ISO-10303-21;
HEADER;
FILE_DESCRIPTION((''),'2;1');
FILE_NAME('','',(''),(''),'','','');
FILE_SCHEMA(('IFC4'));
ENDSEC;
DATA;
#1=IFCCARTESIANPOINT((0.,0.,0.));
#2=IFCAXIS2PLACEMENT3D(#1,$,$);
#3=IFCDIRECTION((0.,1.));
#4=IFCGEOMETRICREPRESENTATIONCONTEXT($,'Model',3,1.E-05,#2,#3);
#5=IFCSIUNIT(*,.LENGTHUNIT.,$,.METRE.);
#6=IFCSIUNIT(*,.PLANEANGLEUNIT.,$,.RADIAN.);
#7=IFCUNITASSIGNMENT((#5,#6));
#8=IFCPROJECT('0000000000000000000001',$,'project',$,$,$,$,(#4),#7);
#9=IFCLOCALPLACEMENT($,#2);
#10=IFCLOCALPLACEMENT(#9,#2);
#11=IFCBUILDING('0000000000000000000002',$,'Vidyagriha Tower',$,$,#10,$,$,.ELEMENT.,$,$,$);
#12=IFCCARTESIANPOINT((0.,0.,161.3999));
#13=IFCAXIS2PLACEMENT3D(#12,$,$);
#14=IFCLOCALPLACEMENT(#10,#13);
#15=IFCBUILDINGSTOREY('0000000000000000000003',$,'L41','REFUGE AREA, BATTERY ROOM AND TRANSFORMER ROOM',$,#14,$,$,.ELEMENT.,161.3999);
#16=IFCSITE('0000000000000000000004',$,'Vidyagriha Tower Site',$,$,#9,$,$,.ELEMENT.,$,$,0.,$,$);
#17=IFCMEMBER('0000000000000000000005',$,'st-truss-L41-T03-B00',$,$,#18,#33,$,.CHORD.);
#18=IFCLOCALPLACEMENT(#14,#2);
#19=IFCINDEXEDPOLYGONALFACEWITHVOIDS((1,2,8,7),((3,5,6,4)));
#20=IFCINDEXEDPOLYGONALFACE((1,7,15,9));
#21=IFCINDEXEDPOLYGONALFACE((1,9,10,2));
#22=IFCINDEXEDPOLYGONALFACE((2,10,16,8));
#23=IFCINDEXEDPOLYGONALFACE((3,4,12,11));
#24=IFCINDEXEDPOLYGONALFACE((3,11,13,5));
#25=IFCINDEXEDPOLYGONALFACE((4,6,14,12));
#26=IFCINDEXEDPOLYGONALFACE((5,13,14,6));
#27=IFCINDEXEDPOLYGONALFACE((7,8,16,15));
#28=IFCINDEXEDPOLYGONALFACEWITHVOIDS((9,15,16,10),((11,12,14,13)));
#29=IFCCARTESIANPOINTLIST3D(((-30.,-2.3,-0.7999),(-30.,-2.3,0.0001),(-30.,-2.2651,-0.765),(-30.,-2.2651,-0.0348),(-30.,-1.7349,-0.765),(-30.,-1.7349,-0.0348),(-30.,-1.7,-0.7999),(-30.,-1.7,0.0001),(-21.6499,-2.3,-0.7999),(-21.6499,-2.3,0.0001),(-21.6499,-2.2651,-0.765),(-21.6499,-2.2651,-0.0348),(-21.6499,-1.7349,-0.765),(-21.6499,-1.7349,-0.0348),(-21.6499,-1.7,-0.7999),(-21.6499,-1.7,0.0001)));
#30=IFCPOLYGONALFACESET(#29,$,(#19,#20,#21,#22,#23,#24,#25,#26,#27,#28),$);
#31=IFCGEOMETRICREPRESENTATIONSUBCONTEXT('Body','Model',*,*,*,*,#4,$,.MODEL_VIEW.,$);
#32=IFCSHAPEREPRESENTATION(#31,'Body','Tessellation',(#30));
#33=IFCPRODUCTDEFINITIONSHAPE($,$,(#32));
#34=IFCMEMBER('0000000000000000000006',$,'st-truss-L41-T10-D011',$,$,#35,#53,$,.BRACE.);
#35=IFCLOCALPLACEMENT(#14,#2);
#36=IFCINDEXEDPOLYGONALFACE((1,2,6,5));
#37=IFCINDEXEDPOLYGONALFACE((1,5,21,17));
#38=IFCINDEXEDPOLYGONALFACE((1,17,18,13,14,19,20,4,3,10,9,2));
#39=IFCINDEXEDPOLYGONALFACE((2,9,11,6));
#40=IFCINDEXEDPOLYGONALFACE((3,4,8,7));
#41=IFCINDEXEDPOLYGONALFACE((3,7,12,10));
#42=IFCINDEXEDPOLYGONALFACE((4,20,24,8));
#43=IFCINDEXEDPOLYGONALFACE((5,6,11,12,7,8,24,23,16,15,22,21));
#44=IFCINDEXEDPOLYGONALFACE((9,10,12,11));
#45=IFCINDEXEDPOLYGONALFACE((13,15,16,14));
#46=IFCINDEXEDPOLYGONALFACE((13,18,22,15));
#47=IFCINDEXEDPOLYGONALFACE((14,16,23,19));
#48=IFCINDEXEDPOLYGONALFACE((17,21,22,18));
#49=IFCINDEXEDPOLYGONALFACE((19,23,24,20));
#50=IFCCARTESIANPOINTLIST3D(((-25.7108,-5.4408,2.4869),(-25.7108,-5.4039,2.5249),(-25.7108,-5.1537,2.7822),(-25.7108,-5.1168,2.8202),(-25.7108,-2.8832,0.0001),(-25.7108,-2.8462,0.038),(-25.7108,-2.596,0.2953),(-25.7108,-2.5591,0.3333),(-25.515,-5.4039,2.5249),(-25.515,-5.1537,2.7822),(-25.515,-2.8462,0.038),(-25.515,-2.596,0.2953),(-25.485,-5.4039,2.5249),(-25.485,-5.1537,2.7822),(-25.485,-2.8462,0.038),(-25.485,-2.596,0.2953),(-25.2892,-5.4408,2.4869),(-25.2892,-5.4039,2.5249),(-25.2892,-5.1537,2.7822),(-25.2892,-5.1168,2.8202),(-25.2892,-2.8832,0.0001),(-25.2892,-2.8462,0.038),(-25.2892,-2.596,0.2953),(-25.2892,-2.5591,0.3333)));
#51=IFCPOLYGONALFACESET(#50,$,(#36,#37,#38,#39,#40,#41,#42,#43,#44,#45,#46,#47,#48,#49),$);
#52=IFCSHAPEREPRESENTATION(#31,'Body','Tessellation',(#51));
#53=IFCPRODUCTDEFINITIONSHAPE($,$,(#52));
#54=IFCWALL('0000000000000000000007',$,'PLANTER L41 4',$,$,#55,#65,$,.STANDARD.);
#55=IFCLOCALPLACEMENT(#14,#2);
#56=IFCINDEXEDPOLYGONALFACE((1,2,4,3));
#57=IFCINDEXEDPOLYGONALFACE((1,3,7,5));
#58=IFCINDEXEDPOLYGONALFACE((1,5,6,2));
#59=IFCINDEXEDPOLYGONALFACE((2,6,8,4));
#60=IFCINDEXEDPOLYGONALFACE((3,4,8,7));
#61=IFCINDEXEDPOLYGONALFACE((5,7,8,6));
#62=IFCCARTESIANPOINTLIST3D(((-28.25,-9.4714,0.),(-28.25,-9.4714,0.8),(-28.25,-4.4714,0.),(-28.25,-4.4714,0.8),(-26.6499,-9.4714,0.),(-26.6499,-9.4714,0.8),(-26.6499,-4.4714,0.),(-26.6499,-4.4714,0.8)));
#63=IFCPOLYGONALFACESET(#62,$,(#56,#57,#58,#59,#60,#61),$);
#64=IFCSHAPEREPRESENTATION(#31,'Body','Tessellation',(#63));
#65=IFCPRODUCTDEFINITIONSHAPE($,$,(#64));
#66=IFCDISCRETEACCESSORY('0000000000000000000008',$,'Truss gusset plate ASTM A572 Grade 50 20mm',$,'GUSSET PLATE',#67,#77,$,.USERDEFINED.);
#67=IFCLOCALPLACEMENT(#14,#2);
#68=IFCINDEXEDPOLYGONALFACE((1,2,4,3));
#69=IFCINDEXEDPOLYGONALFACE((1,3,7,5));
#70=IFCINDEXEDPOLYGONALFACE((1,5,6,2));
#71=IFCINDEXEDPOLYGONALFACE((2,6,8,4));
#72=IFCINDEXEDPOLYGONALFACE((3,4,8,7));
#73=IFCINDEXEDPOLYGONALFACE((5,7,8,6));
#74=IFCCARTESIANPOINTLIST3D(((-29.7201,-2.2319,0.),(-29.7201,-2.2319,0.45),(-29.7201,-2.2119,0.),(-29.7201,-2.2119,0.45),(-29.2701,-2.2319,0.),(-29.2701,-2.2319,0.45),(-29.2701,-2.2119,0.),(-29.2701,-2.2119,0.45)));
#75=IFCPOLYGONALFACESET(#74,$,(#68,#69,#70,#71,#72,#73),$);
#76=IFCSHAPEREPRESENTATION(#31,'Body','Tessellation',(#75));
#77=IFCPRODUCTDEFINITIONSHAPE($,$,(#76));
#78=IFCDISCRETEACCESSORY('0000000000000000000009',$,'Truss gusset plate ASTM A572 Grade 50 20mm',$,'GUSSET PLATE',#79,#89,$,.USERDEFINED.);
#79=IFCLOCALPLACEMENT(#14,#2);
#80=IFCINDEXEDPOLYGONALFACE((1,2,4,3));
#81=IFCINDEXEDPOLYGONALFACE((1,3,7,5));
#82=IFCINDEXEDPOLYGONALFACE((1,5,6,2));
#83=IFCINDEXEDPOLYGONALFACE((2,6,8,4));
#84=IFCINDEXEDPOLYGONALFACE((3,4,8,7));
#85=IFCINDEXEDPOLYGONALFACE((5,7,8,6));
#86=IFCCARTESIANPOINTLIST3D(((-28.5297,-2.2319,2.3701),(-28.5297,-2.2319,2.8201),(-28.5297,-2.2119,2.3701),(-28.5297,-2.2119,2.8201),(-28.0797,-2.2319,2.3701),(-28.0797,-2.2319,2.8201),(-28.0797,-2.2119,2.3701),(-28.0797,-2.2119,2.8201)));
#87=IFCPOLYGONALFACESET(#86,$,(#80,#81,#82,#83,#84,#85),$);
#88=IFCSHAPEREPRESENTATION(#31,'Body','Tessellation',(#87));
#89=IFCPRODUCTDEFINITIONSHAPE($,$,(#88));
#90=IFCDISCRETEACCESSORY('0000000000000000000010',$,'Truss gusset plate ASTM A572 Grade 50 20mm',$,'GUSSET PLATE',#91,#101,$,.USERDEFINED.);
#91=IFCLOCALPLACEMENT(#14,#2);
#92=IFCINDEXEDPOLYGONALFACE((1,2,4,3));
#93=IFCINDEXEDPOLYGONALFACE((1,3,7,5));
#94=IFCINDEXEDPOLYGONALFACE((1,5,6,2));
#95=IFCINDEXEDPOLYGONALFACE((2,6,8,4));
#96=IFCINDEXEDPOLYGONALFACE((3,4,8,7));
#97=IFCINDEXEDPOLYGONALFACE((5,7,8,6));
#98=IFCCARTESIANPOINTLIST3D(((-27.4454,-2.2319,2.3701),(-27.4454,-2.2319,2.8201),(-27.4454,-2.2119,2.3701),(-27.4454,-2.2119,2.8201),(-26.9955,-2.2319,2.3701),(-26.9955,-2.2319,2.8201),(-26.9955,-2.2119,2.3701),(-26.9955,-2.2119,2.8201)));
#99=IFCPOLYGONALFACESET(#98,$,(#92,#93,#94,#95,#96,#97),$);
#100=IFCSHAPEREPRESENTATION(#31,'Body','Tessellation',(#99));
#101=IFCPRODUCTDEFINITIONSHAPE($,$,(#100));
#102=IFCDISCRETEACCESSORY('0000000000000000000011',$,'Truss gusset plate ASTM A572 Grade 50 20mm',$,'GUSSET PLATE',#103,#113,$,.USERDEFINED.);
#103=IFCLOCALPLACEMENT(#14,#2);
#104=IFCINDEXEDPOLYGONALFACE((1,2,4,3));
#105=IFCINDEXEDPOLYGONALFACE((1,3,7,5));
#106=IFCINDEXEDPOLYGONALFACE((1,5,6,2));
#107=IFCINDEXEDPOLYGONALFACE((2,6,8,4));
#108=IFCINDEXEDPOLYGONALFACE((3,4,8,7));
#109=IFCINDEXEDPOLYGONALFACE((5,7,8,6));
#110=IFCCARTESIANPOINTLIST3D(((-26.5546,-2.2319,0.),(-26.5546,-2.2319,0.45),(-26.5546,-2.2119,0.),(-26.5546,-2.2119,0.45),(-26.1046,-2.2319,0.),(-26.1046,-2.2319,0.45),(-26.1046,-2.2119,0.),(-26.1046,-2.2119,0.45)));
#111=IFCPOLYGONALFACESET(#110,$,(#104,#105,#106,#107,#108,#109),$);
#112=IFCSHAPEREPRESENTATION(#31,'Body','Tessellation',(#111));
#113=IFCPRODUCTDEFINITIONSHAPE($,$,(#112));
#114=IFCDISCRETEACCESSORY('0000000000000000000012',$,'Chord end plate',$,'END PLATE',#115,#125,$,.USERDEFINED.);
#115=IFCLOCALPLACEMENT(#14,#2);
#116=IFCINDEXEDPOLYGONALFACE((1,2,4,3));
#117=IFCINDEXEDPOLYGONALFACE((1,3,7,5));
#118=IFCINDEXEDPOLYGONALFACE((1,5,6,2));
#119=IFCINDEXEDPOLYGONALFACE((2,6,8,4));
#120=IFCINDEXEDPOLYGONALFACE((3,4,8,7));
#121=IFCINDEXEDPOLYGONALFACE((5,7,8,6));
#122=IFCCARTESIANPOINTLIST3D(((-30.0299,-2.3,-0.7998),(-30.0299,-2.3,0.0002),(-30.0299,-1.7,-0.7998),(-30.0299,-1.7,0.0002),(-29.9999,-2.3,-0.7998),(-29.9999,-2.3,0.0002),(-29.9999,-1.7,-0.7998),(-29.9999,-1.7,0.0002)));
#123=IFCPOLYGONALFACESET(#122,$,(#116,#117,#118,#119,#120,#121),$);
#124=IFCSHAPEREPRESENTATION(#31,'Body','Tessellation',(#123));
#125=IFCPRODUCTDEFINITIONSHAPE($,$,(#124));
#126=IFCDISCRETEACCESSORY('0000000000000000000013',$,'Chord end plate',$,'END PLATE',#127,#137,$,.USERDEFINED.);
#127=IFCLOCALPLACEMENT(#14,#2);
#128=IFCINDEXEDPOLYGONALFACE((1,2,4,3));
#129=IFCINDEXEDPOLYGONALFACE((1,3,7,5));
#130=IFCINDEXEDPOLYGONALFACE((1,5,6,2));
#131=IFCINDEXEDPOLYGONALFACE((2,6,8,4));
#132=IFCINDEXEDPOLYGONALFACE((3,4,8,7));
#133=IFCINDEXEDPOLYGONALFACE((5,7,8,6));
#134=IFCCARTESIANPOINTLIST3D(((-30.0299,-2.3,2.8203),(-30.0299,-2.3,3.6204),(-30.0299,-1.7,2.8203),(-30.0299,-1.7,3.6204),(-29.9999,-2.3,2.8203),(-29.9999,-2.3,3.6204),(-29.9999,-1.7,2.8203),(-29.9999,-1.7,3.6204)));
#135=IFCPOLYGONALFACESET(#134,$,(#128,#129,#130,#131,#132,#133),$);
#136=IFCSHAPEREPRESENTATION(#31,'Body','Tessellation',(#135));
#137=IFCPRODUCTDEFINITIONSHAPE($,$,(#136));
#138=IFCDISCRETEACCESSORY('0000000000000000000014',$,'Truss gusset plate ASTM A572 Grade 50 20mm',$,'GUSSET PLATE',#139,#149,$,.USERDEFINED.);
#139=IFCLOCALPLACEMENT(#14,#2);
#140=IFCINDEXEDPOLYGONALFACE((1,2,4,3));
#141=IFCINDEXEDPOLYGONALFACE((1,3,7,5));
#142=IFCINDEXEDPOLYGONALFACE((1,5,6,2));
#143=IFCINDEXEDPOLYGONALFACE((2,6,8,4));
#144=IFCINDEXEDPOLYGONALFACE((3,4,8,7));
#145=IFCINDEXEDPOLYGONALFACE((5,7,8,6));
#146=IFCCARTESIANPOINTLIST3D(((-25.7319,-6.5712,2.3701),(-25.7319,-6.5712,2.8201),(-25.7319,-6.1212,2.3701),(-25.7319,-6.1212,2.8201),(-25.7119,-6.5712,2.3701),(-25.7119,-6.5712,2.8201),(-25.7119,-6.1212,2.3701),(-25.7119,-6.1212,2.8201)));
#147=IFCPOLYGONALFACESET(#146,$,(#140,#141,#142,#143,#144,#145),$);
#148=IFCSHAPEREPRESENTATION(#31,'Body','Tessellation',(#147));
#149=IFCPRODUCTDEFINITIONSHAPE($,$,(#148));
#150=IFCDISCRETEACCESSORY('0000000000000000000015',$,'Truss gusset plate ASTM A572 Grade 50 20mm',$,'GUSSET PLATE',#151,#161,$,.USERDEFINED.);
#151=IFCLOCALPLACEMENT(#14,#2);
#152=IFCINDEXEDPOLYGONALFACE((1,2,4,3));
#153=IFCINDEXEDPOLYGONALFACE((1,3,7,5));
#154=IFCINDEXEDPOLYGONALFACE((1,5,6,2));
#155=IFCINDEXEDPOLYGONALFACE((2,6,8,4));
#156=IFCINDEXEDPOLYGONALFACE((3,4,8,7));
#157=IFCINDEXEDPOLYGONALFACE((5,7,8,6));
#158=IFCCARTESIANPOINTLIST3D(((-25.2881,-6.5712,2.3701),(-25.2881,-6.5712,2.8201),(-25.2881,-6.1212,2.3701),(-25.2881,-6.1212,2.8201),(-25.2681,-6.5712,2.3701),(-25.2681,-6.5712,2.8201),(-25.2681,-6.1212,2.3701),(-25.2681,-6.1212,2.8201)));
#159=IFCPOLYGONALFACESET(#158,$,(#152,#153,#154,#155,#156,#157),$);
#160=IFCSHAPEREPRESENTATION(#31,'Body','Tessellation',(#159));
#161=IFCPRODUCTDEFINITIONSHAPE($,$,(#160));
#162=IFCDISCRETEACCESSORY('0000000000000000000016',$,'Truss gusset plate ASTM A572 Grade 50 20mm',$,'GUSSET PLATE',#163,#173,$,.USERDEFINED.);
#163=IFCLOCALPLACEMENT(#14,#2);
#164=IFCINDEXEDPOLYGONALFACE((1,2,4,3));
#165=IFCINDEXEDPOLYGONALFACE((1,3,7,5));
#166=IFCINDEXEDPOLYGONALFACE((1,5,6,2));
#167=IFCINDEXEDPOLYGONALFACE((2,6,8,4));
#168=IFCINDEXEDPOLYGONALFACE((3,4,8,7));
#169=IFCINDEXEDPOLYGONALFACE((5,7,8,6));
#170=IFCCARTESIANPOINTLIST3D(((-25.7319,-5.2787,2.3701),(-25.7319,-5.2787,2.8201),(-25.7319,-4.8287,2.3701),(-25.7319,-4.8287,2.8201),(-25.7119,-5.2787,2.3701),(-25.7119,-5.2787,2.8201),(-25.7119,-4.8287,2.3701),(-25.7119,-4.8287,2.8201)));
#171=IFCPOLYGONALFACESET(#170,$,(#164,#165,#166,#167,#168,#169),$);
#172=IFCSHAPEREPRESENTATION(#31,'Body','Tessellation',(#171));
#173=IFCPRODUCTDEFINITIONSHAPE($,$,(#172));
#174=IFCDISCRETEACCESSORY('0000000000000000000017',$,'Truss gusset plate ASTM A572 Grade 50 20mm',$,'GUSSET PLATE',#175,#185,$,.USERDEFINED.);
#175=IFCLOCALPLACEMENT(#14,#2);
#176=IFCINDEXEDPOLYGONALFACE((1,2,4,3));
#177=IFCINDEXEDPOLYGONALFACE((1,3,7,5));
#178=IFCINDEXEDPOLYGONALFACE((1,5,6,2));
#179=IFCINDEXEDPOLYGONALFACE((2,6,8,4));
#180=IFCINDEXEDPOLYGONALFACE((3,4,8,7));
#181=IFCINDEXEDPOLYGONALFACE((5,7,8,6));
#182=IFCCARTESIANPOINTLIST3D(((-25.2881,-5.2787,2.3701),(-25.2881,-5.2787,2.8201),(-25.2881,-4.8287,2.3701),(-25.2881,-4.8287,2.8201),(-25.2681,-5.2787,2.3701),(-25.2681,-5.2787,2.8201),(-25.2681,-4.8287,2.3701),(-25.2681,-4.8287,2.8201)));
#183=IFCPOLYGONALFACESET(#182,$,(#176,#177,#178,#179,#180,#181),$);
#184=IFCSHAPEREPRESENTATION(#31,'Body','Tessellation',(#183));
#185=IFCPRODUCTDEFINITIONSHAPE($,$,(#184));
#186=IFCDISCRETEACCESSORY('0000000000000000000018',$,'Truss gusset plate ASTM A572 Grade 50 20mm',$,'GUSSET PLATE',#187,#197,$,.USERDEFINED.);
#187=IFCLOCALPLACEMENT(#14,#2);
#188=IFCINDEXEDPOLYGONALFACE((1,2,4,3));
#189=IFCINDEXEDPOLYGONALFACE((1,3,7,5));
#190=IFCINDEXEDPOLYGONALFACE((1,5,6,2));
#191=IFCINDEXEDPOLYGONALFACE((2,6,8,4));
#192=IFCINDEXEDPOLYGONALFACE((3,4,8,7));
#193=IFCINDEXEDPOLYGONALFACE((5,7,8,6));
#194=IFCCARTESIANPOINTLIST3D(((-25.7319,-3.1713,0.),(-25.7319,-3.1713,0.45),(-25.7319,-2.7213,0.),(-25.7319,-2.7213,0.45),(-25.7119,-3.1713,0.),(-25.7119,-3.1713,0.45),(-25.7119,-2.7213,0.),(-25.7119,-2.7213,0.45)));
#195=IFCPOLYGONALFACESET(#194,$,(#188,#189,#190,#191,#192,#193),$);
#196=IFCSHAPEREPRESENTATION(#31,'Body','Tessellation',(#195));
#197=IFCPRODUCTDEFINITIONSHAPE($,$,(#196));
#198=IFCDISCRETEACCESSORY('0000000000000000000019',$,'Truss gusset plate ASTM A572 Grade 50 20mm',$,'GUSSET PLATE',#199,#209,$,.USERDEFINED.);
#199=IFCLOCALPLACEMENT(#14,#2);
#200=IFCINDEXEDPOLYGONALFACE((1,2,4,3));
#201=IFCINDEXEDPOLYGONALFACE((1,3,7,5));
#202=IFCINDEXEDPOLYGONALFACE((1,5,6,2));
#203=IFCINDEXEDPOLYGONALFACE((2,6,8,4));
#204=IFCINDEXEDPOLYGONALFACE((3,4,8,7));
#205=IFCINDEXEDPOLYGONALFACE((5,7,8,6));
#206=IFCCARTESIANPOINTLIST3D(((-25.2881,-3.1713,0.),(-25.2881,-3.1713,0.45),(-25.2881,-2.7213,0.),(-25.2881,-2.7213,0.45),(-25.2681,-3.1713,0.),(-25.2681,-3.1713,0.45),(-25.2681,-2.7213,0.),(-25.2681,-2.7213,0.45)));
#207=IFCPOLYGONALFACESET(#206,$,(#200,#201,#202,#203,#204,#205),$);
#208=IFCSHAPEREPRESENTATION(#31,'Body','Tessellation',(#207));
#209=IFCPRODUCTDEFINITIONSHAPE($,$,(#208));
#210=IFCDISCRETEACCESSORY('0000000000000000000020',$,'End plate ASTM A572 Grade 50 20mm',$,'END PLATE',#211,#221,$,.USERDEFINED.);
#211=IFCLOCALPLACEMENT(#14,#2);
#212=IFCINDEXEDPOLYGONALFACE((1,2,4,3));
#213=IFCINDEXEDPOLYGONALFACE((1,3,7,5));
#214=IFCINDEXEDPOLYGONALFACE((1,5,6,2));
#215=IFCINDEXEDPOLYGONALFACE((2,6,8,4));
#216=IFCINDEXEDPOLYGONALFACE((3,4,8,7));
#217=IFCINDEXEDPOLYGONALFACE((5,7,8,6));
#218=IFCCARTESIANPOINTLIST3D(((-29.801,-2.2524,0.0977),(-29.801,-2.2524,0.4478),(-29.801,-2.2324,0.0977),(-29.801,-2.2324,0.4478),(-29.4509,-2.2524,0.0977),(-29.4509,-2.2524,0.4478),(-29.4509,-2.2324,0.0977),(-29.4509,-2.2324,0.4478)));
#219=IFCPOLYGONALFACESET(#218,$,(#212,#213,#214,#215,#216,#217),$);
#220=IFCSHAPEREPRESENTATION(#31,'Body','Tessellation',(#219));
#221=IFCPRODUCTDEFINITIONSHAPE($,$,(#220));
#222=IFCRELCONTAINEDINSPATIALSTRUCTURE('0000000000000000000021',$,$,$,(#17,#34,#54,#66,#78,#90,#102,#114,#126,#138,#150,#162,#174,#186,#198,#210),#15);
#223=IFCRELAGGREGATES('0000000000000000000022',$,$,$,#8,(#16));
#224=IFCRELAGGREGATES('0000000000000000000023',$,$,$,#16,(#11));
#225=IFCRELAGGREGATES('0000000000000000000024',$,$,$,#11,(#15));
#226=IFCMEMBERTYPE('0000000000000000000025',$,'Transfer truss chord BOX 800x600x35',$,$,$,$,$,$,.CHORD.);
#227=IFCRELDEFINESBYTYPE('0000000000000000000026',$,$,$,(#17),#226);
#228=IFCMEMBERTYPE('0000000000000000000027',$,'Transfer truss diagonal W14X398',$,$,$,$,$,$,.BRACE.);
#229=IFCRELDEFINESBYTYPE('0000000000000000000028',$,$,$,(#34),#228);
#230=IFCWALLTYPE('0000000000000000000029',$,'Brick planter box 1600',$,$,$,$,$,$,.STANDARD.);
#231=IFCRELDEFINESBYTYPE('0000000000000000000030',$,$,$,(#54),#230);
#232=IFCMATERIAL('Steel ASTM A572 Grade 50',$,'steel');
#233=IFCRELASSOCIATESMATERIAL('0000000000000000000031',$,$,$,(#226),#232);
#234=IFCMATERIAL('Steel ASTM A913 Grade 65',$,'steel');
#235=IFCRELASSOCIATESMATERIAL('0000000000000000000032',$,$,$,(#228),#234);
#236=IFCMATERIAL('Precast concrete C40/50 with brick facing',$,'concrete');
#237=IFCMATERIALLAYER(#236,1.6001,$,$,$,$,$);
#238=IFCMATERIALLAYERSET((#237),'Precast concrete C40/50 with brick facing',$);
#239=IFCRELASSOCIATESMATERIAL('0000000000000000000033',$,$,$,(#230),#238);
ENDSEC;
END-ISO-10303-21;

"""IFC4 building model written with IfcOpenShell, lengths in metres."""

from ifc_helpers import new_model, si_unit, direction, frame, frame_2d, origin, origin_2d, place, context, subcontext, project, spatial, rectangle, hollow_rectangle, i_section, extrude, material, layer, layer_set, material_profile, profile_set, type_object, element, save


model = new_model("IFC4")

# Units and contexts
model_context = context("Model", 3, precision=1e-05, world=origin(), true_north=direction((0.0, 1.0)))
body_context = subcontext(model_context, "Body", "Model", "MODEL_VIEW")
ifc_project = project(units=[si_unit("LENGTHUNIT", "METRE"), si_unit("PLANEANGLEUNIT", "RADIAN")], contexts=[model_context])

# Site, building, storey
site_placement = place(None, origin())
site = spatial("IfcSite", under=ifc_project, at=site_placement, Name="Vidyagriha Tower Site", CompositionType="ELEMENT", RefElevation=0.0)
building_placement = place(site_placement, origin())
building = spatial("IfcBuilding", under=site, at=building_placement, Name="Vidyagriha Tower", CompositionType="ELEMENT")
storey_placement = place(building_placement, frame((0.0, 0.0, 161.3999)))
storey = spatial("IfcBuildingStorey", under=building, at=storey_placement, Name="L41", Description="REFUGE AREA, BATTERY ROOM AND TRANSFORMER ROOM", CompositionType="ELEMENT", Elevation=161.3999)

# Members
ifc_material_1 = material(Name="Steel ASTM A572 Grade 50", Category="steel")
ifc_material_profile_1 = material_profile(ifc_material_1, hollow_rectangle(XDim=0.6001, YDim=0.8, WallThickness=0.0349, at=origin_2d()), Name="BOX 800x600x35")
ifc_profile_set_1 = profile_set([ifc_material_profile_1], Name="Steel ASTM A572 Grade 50")
member_type_1 = type_object("IfcMemberType", Name="Transfer truss chord BOX 800x600x35", PredefinedType="CHORD", material=ifc_profile_set_1)
member_1_placement = place(storey_placement, frame((-30.0, -2.0, -0.3999), z_axis=(1.0, 0.0, 0.0), x_axis=(0.0, 1.0, 0.0)))
element("IfcMember", 1, at=member_1_placement, inside=storey, type_object=member_type_1, Name="st-truss-L41-T03-B00", PredefinedType="CHORD", context=body_context, shape_type="SweptSolid", body=[
    extrude(hollow_rectangle(XDim=0.6001, YDim=0.8, WallThickness=0.0349, at=origin_2d()), origin(), (0.0, 0.0, 1.0), 8.3501),
])
ifc_material_2 = material(Name="Steel ASTM A913 Grade 65", Category="steel")
ifc_material_profile_2 = material_profile(ifc_material_2, i_section(OverallWidth=0.4216, OverallDepth=0.4648, WebThickness=0.03, FlangeThickness=0.053, at=origin_2d()), Name="W14X398")
ifc_profile_set_2 = profile_set([ifc_material_profile_2], Name="Steel ASTM A913 Grade 65")
member_type_2 = type_object("IfcMemberType", Name="Transfer truss diagonal W14X398", PredefinedType="BRACE", material=ifc_profile_set_2)
member_2_placement = place(storey_placement, frame((-25.5, -5.2788, 2.6536), z_axis=(0.0, 0.716961, -0.697114), x_axis=(-1.0, 0.0, 0.0)))
element("IfcMember", 2, at=member_2_placement, inside=storey, type_object=member_type_2, Name="st-truss-L41-T10-D011", PredefinedType="BRACE", context=body_context, shape_type="SweptSolid", body=[
    extrude(i_section(OverallWidth=0.4216, OverallDepth=0.4648, WebThickness=0.03, FlangeThickness=0.053, at=origin_2d()), origin(), (0.0, 0.0, 1.0), 3.5674),
])

# Wall
ifc_material_3 = material(Name="Precast concrete C40/50 with brick facing", Category="concrete")
ifc_layer = layer(ifc_material_3, 1.6001)
ifc_layer_set = layer_set([ifc_layer], Name="Precast concrete C40/50 with brick facing")
wall_type = type_object("IfcWallType", Name="Brick planter box 1600", PredefinedType="STANDARD", material=ifc_layer_set)
wall_placement = place(storey_placement, frame((-27.45, -4.4714, 0.0), z_axis=(0.0, 0.0, 1.0), x_axis=(0.0, -1.0, 0.0)))
element("IfcWall", 3, at=wall_placement, inside=storey, type_object=wall_type, Name="PLANTER L41 4", PredefinedType="STANDARD", context=body_context, shape_type="SweptSolid", body=[
    extrude(rectangle(XDim=5.0, YDim=1.6001, at=frame_2d((2.5, 0.0))), origin(), (0.0, 0.0, 1.0), 0.8),
])

# Discrete accessories
for number, where, name in (
    (4, (-29.4951, -2.2219, 0.0), "Truss gusset plate ASTM A572 Grade 50 20mm"),
    (5, (-28.3047, -2.2219, 2.3701), "Truss gusset plate ASTM A572 Grade 50 20mm"),
    (6, (-27.2205, -2.2219, 2.3701), "Truss gusset plate ASTM A572 Grade 50 20mm"),
    (7, (-26.3296, -2.2219, 0.0), "Truss gusset plate ASTM A572 Grade 50 20mm"),
):
    element("IfcDiscreteAccessory", number, at=place(storey_placement, frame(where)), inside=storey, Name=name, ObjectType="GUSSET PLATE", PredefinedType="USERDEFINED", context=body_context, shape_type="SweptSolid", body=[
        extrude(rectangle(XDim=0.45, YDim=0.02, at=origin_2d()), origin(), (0.0, 0.0, 1.0), 0.45),
    ])
for number, where, z_axis, x_axis, name in (
    (8, (-30.0149, -2.0, -0.7998), (0.0, 0.0, 1.0), (-1.0, 0.0, 0.0), "Chord end plate"),
    (9, (-30.0149, -2.0, 2.8203), (0.0, 0.0, 1.0), (-1.0, 0.0, 0.0), "Chord end plate"),
):
    element("IfcDiscreteAccessory", number, at=place(storey_placement, frame(where, z_axis=z_axis, x_axis=x_axis)), inside=storey, Name=name, ObjectType="END PLATE", PredefinedType="USERDEFINED", context=body_context, shape_type="SweptSolid", body=[
        extrude(rectangle(XDim=0.03, YDim=0.6001, at=origin_2d()), origin(), (0.0, 0.0, 1.0), 0.8),
    ])
for number, where, z_axis, x_axis, name in (
    (10, (-25.7219, -6.3462, 2.3701), (0.0, 0.0, 1.0), (0.0, 1.0, 0.0), "Truss gusset plate ASTM A572 Grade 50 20mm"),
    (11, (-25.2781, -6.3462, 2.3701), (0.0, 0.0, 1.0), (0.0, 1.0, 0.0), "Truss gusset plate ASTM A572 Grade 50 20mm"),
    (12, (-25.7219, -5.0537, 2.3701), (0.0, 0.0, 1.0), (0.0, 1.0, 0.0), "Truss gusset plate ASTM A572 Grade 50 20mm"),
    (13, (-25.2781, -5.0537, 2.3701), (0.0, 0.0, 1.0), (0.0, 1.0, 0.0), "Truss gusset plate ASTM A572 Grade 50 20mm"),
    (14, (-25.7219, -2.9463, 0.0), (0.0, 0.0, 1.0), (0.0, 1.0, 0.0), "Truss gusset plate ASTM A572 Grade 50 20mm"),
    (15, (-25.2781, -2.9463, 0.0), (0.0, 0.0, 1.0), (0.0, 1.0, 0.0), "Truss gusset plate ASTM A572 Grade 50 20mm"),
):
    element("IfcDiscreteAccessory", number, at=place(storey_placement, frame(where, z_axis=z_axis, x_axis=x_axis)), inside=storey, Name=name, ObjectType="GUSSET PLATE", PredefinedType="USERDEFINED", context=body_context, shape_type="SweptSolid", body=[
        extrude(rectangle(XDim=0.45, YDim=0.02, at=origin_2d()), origin(), (0.0, 0.0, 1.0), 0.45),
    ])
discrete_accessory_1_placement = place(storey_placement, frame((-29.626, -2.2424, 0.0977), z_axis=(0.0, 0.0, 1.0), x_axis=(-1.0, 0.0, 0.0)))
element("IfcDiscreteAccessory", 16, at=discrete_accessory_1_placement, inside=storey, Name="End plate ASTM A572 Grade 50 20mm", ObjectType="END PLATE", PredefinedType="USERDEFINED", context=body_context, shape_type="SweptSolid", body=[
    extrude(rectangle(XDim=0.3501, YDim=0.02, at=origin_2d()), origin(), (0.0, 0.0, 1.0), 0.3501),
])

save(model, "model.ifc")
